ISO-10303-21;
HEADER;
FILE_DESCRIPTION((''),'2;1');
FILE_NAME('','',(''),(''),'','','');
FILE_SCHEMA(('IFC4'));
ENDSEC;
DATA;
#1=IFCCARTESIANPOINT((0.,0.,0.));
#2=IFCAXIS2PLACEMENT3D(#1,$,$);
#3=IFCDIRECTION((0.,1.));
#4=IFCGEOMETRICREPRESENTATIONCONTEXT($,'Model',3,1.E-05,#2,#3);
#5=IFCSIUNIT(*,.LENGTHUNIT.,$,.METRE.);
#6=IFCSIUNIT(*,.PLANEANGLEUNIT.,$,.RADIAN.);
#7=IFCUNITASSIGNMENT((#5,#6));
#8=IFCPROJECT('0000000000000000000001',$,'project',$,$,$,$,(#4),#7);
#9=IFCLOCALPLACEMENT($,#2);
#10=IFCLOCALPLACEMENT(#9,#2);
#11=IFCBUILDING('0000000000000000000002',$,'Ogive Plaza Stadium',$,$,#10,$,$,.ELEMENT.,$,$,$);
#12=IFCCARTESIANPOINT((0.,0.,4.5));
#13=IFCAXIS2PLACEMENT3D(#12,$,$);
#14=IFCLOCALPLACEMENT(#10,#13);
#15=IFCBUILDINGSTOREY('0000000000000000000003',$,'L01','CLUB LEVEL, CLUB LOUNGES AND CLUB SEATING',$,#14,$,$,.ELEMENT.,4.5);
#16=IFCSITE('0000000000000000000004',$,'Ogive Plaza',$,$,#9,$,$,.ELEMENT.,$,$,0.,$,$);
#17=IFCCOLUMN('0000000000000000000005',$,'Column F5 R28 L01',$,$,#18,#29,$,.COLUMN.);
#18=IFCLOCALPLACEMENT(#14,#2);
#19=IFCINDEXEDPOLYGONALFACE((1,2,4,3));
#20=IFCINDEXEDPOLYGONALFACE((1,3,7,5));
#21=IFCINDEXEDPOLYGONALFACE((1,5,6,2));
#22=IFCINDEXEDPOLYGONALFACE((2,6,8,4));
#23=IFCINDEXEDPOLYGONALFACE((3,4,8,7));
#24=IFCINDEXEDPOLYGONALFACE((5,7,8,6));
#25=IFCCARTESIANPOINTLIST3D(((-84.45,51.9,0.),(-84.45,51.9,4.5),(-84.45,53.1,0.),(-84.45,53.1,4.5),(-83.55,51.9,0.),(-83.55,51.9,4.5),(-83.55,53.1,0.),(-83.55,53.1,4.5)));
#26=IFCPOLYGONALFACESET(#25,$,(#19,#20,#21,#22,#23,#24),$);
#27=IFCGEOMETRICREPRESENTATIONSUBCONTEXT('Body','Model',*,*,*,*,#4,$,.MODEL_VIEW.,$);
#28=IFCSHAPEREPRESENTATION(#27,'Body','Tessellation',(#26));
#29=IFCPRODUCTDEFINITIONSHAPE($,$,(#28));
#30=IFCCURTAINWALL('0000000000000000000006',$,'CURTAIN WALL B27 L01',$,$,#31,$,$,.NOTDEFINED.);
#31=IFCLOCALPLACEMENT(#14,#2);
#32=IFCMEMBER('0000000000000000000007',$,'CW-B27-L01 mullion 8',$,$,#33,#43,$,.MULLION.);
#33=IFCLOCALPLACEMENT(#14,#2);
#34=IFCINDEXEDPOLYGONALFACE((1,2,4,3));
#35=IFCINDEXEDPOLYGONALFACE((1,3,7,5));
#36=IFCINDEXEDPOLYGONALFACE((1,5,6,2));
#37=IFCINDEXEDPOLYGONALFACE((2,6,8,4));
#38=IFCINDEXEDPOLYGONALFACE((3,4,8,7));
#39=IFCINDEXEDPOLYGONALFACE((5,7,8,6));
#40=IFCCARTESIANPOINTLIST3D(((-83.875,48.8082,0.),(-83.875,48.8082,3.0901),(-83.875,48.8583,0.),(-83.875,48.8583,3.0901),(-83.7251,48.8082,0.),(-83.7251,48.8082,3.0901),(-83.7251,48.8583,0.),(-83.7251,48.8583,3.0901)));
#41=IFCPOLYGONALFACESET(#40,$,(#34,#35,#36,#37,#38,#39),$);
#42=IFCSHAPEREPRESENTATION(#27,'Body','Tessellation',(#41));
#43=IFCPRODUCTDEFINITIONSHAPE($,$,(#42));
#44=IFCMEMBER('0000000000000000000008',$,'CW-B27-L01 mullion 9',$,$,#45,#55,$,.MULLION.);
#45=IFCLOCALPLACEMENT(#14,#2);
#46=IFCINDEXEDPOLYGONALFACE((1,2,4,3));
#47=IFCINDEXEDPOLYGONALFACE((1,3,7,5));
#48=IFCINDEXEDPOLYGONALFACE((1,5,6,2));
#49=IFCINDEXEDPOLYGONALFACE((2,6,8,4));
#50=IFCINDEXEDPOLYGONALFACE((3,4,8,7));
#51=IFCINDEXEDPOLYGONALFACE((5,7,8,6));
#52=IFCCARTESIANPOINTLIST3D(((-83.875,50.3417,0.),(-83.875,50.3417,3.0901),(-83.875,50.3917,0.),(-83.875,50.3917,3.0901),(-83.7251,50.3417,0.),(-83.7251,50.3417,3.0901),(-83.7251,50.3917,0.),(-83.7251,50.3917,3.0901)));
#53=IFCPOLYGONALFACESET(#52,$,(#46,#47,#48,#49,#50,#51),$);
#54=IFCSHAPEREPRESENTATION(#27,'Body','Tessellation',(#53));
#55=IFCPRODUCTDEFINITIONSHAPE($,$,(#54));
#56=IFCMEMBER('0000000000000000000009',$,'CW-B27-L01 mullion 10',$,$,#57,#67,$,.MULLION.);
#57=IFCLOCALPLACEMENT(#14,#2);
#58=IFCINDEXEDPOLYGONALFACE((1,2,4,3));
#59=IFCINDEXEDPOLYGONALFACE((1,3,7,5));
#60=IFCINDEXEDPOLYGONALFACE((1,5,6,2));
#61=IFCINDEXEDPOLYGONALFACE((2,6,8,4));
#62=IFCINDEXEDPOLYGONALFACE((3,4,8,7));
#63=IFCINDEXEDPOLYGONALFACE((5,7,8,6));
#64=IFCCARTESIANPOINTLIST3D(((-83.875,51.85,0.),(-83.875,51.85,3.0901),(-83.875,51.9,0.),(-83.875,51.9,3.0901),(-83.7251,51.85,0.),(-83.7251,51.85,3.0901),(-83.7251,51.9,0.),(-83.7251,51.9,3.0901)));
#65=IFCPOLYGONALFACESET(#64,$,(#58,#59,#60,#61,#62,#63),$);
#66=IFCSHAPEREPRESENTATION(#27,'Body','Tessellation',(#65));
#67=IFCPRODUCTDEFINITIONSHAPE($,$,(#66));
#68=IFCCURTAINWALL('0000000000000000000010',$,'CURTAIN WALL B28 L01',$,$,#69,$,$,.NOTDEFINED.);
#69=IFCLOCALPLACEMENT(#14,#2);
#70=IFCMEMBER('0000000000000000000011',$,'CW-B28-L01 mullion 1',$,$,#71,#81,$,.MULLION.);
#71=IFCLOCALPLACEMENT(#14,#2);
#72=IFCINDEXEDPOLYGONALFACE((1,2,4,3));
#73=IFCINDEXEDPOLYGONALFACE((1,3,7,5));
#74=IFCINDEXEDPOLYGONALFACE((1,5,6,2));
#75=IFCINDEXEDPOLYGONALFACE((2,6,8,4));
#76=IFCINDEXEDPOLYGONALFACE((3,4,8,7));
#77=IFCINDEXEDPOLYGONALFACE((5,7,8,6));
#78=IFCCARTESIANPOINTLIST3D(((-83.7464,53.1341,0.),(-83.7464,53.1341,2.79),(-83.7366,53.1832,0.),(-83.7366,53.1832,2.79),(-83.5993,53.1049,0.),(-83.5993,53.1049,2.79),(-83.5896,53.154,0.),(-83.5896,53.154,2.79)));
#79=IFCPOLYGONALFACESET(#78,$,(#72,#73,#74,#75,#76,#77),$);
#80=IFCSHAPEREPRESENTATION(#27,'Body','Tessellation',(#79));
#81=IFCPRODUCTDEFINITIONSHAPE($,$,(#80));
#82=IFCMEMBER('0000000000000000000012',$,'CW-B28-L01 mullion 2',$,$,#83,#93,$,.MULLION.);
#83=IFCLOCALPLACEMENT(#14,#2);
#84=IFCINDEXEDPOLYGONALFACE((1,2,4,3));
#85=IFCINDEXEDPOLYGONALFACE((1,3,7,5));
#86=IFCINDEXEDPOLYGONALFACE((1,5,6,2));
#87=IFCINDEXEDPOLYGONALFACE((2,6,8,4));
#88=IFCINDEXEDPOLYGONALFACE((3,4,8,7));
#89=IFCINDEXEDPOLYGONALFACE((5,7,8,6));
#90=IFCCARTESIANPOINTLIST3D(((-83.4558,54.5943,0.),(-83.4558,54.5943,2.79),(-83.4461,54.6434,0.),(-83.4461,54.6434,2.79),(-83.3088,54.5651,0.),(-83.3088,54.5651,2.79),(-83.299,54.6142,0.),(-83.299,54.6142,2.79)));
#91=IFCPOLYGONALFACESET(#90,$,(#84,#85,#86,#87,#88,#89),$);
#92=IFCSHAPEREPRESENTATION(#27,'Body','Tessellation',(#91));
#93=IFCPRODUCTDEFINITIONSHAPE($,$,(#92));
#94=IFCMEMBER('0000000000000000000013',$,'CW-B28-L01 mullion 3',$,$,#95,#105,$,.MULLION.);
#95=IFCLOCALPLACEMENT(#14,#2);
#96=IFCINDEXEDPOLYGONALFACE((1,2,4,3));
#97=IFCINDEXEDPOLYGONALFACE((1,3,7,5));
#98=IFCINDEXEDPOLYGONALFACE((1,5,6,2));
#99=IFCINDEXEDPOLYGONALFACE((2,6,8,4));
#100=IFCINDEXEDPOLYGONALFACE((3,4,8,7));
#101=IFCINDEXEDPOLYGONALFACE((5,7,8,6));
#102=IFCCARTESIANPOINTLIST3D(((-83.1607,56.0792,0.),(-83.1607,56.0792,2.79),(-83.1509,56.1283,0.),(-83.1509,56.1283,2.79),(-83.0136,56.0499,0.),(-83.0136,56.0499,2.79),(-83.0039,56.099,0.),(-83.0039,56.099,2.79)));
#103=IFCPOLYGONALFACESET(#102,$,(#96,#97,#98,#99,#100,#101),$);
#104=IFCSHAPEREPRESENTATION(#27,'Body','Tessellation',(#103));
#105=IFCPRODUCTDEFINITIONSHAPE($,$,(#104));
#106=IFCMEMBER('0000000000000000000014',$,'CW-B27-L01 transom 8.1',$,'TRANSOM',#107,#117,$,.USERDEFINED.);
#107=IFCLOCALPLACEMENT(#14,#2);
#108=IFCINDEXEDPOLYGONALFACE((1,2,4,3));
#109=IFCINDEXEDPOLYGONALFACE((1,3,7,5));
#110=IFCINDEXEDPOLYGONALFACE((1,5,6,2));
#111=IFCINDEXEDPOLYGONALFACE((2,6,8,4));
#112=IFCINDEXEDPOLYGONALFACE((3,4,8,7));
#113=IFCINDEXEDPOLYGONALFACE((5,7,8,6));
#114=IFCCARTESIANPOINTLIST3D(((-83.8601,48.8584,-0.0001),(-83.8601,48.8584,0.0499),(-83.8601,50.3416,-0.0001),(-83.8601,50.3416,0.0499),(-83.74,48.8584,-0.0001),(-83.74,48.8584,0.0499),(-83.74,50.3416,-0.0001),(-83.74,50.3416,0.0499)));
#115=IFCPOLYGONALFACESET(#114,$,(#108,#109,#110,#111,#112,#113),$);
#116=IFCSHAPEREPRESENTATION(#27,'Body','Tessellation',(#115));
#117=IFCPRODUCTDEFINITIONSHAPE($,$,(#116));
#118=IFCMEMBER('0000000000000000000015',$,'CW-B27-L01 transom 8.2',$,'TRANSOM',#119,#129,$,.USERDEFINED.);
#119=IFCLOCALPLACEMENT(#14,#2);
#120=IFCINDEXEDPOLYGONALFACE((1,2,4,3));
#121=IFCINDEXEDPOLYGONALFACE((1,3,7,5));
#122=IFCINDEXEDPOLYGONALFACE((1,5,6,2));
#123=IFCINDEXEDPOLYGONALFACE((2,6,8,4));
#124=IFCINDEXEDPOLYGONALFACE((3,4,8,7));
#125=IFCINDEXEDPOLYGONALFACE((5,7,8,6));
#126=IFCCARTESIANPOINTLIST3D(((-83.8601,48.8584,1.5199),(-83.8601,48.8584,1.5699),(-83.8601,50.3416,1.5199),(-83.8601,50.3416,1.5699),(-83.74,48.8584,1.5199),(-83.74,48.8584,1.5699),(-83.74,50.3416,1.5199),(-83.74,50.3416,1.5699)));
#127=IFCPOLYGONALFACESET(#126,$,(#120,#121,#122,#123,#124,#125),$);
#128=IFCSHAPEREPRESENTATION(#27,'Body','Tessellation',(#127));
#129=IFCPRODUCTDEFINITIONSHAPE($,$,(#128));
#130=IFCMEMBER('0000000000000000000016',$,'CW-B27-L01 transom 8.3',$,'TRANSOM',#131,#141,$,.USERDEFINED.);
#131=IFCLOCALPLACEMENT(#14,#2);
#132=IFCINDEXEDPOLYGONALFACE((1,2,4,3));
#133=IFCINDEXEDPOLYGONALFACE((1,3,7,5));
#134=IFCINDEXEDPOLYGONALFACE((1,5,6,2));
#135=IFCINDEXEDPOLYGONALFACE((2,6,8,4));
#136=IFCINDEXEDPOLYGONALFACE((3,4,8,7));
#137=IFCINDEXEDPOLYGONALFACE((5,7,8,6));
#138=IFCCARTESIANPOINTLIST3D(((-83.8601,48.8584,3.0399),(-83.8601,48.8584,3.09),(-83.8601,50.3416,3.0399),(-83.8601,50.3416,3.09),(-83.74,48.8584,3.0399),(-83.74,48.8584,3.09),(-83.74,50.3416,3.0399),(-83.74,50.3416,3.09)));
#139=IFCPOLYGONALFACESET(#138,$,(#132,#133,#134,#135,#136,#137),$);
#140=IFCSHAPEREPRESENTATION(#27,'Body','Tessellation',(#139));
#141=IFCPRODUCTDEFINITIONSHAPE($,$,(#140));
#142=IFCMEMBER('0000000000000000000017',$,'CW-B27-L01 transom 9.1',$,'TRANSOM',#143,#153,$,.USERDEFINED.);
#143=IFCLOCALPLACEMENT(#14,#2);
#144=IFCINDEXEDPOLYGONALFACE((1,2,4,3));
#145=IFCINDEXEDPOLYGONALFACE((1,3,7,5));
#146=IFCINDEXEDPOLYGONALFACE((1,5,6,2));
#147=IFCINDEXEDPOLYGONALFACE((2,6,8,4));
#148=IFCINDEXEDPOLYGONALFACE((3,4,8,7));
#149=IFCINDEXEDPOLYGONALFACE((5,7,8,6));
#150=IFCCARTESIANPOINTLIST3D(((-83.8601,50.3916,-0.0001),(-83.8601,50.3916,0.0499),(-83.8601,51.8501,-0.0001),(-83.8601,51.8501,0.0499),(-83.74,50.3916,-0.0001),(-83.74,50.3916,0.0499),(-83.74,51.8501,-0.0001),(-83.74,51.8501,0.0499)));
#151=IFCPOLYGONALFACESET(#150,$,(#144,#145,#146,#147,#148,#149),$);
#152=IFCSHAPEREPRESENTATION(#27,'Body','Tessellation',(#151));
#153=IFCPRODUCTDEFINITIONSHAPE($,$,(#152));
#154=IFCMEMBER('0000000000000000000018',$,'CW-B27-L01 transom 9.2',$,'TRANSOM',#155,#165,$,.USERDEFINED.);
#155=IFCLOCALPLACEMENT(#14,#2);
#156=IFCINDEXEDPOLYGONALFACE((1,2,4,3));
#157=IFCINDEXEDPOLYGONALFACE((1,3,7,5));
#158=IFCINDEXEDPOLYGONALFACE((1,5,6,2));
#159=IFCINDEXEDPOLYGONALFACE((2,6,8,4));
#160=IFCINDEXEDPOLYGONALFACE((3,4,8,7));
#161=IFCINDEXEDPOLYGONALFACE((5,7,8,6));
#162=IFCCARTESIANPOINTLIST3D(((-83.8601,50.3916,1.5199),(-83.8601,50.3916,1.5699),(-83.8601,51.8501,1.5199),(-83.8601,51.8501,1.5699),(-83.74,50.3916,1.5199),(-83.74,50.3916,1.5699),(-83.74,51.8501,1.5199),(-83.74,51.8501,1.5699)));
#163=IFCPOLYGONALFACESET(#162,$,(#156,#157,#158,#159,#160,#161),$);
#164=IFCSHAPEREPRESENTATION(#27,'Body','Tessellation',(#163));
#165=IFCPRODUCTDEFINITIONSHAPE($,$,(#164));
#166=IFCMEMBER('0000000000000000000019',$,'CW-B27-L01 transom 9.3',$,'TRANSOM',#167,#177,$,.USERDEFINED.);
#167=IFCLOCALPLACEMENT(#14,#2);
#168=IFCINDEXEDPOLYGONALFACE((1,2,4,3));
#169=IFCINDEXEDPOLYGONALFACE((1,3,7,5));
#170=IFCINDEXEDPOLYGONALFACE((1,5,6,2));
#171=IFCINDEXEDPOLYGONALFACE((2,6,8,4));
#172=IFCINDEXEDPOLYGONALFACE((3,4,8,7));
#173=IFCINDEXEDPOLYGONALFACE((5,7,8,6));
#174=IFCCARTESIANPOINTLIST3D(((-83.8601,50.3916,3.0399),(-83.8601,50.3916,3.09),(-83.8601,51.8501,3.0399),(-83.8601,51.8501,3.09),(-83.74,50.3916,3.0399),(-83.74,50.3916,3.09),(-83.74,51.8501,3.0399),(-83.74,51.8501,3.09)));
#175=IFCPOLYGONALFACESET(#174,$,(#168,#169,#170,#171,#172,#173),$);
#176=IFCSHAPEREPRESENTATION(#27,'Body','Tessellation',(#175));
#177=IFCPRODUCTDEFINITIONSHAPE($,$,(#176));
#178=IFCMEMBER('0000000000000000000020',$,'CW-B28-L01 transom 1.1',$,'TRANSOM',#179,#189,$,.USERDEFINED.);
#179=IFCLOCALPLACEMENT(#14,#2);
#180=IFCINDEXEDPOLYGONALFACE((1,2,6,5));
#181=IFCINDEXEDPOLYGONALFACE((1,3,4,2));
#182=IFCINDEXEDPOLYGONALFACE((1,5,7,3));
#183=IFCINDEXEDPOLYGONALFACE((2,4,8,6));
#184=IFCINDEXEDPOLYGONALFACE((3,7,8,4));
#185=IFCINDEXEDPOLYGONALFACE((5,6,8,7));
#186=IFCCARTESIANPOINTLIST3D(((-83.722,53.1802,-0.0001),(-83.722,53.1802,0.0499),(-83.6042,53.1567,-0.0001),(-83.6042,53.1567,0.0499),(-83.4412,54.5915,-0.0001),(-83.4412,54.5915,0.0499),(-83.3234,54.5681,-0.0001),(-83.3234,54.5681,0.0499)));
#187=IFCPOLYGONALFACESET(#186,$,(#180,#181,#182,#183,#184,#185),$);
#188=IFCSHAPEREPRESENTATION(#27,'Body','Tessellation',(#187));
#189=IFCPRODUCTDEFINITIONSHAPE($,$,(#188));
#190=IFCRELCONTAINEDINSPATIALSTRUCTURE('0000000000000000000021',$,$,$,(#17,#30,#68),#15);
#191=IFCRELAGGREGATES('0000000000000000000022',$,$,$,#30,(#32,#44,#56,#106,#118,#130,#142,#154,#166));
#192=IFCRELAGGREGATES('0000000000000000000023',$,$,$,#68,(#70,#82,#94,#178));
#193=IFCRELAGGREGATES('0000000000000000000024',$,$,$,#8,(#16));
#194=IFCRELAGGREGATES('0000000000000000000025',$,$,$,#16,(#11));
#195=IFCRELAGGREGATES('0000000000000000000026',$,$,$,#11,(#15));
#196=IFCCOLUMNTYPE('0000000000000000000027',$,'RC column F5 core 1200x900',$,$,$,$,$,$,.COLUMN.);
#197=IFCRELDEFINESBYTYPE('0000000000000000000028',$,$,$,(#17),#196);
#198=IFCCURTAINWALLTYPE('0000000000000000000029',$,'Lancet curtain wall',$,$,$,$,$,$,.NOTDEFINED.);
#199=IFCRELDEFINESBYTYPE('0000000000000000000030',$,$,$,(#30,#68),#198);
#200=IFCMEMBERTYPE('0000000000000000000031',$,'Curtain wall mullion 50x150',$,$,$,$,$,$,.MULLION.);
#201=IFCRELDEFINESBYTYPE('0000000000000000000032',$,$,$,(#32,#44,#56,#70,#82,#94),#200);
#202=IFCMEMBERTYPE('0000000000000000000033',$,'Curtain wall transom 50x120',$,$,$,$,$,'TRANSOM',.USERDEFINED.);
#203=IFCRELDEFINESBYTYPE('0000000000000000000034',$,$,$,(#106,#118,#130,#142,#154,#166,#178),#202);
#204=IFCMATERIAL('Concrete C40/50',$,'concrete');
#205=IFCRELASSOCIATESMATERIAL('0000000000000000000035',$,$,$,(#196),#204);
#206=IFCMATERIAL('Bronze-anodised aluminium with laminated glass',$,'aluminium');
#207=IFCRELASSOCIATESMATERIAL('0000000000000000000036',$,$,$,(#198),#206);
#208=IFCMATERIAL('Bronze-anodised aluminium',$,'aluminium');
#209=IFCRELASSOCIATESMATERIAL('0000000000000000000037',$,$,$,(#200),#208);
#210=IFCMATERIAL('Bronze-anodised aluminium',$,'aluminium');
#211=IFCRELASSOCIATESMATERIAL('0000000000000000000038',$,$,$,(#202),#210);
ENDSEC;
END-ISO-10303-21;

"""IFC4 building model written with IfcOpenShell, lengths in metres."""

from ifc_helpers import new_model, si_unit, direction, frame, origin, origin_2d, place, context, subcontext, project, spatial, rectangle, extrude, material, material_profile, profile_set, type_object, element, aggregate, save


model = new_model("IFC4")

# Units and contexts
model_context = context("Model", 3, precision=1e-05, world=origin(), true_north=direction((0.0, 1.0)))
body_context = subcontext(model_context, "Body", "Model", "MODEL_VIEW")
ifc_project = project(units=[si_unit("LENGTHUNIT", "METRE"), si_unit("PLANEANGLEUNIT", "RADIAN")], contexts=[model_context])

# Site, building, storey
site_placement = place(None, origin())
site = spatial("IfcSite", under=ifc_project, at=site_placement, Name="Ogive Plaza", CompositionType="ELEMENT", RefElevation=0.0)
building_placement = place(site_placement, origin())
building = spatial("IfcBuilding", under=site, at=building_placement, Name="Ogive Plaza Stadium", CompositionType="ELEMENT")
storey_placement = place(building_placement, frame((0.0, 0.0, 4.5)))
storey = spatial("IfcBuildingStorey", under=building, at=storey_placement, Name="L01", Description="CLUB LEVEL, CLUB LOUNGES AND CLUB SEATING", CompositionType="ELEMENT", Elevation=4.5)

# Column
ifc_material_1 = material(Name="Concrete C40/50", Category="concrete")
ifc_material_profile_1 = material_profile(ifc_material_1, rectangle(XDim=1.2, YDim=0.8999, at=origin_2d()), Name="RC 1200x900")
ifc_profile_set_1 = profile_set([ifc_material_profile_1], Name="Concrete C40/50")
column_type = type_object("IfcColumnType", Name="RC column F5 core 1200x900", PredefinedType="COLUMN", material=ifc_profile_set_1)
column_placement = place(storey_placement, frame((-84.0, 52.5, 0.0), z_axis=(0.0, 0.0, 1.0), x_axis=(0.0, -1.0, 0.0)))
element("IfcColumn", 1, at=column_placement, inside=storey, type_object=column_type, Name="Column F5 R28 L01", PredefinedType="COLUMN", context=body_context, shape_type="SweptSolid", body=[
    extrude(rectangle(XDim=1.2, YDim=0.8999, at=origin_2d()), origin(), (0.0, 0.0, 1.0), 4.5),
])

# Curtain walls, members
ifc_material_2 = material(Name="Bronze-anodised aluminium with laminated glass", Category="aluminium")
curtain_wall_type = type_object("IfcCurtainWallType", Name="Lancet curtain wall", PredefinedType="NOTDEFINED", material=ifc_material_2)
curtain_wall_1_placement = place(storey_placement, origin())
curtain_wall_1 = element("IfcCurtainWall", 2, at=curtain_wall_1_placement, inside=storey, type_object=curtain_wall_type, Name="CURTAIN WALL B27 L01", PredefinedType="NOTDEFINED")
ifc_material_3 = material(Name="Bronze-anodised aluminium", Category="aluminium")
ifc_material_profile_2 = material_profile(ifc_material_3, rectangle(XDim=0.1499, YDim=0.05, at=origin_2d()), Name="AL 150x50")
ifc_profile_set_2 = profile_set([ifc_material_profile_2], Name="Bronze-anodised aluminium")
member_type_1 = type_object("IfcMemberType", Name="Curtain wall mullion 50x150", PredefinedType="MULLION", material=ifc_profile_set_2)
member_1_placement = place(storey_placement, frame((-83.8, 48.8333, 0.0), z_axis=(0.0, 0.0, 1.0), x_axis=(-1.0, 0.0, 0.0)))
member_1 = element("IfcMember", 3, at=member_1_placement, type_object=member_type_1, Name="CW-B27-L01 mullion 8", PredefinedType="MULLION", context=body_context, shape_type="SweptSolid", body=[
    extrude(rectangle(XDim=0.1499, YDim=0.05, at=origin_2d()), origin(), (0.0, 0.0, 1.0), 3.0901),
])
member_2_placement = place(storey_placement, frame((-83.8, 50.3667, 0.0), z_axis=(0.0, 0.0, 1.0), x_axis=(-1.0, 0.0, 0.0)))
member_2 = element("IfcMember", 4, at=member_2_placement, type_object=member_type_1, Name="CW-B27-L01 mullion 9", PredefinedType="MULLION", context=body_context, shape_type="SweptSolid", body=[
    extrude(rectangle(XDim=0.1499, YDim=0.05, at=origin_2d()), origin(), (0.0, 0.0, 1.0), 3.0901),
])
member_3_placement = place(storey_placement, frame((-83.8, 51.875, 0.0), z_axis=(0.0, 0.0, 1.0), x_axis=(-1.0, 0.0, 0.0)))
member_3 = element("IfcMember", 5, at=member_3_placement, type_object=member_type_1, Name="CW-B27-L01 mullion 10", PredefinedType="MULLION", context=body_context, shape_type="SweptSolid", body=[
    extrude(rectangle(XDim=0.1499, YDim=0.05, at=origin_2d()), origin(), (0.0, 0.0, 1.0), 3.0901),
])
curtain_wall_2_placement = place(storey_placement, origin())
curtain_wall_2 = element("IfcCurtainWall", 6, at=curtain_wall_2_placement, inside=storey, type_object=curtain_wall_type, Name="CURTAIN WALL B28 L01", PredefinedType="NOTDEFINED")
member_4_placement = place(storey_placement, frame((-83.668, 53.144, 0.0), z_axis=(0.0, 0.0, 1.0), x_axis=(-0.980785, 0.19509, 0.0)))
member_4 = element("IfcMember", 7, at=member_4_placement, type_object=member_type_1, Name="CW-B28-L01 mullion 1", PredefinedType="MULLION", context=body_context, shape_type="SweptSolid", body=[
    extrude(rectangle(XDim=0.1499, YDim=0.05, at=origin_2d()), origin(), (0.0, 0.0, 1.0), 2.79),
])
member_5_placement = place(storey_placement, frame((-83.3774, 54.6042, 0.0), z_axis=(0.0, 0.0, 1.0), x_axis=(-0.980785, 0.19509, 0.0)))
member_5 = element("IfcMember", 8, at=member_5_placement, type_object=member_type_1, Name="CW-B28-L01 mullion 2", PredefinedType="MULLION", context=body_context, shape_type="SweptSolid", body=[
    extrude(rectangle(XDim=0.1499, YDim=0.05, at=origin_2d()), origin(), (0.0, 0.0, 1.0), 2.79),
])
member_6_placement = place(storey_placement, frame((-83.0823, 56.0891, 0.0), z_axis=(0.0, 0.0, 1.0), x_axis=(-0.980785, 0.19509, 0.0)))
member_6 = element("IfcMember", 9, at=member_6_placement, type_object=member_type_1, Name="CW-B28-L01 mullion 3", PredefinedType="MULLION", context=body_context, shape_type="SweptSolid", body=[
    extrude(rectangle(XDim=0.1499, YDim=0.05, at=origin_2d()), origin(), (0.0, 0.0, 1.0), 2.79),
])

# Members
ifc_material_4 = material(Name="Bronze-anodised aluminium", Category="aluminium")
ifc_material_profile_3 = material_profile(ifc_material_4, rectangle(XDim=0.1201, YDim=0.05, at=origin_2d()), Name="AL 120x50")
ifc_profile_set_3 = profile_set([ifc_material_profile_3], Name="Bronze-anodised aluminium")
member_type_2 = type_object("IfcMemberType", Name="Curtain wall transom 50x120", ElementType="TRANSOM", PredefinedType="USERDEFINED", material=ifc_profile_set_3)
member_7_placement = place(storey_placement, frame((-83.8, 48.8584, 0.0249), z_axis=(0.0, 1.0, 0.0), x_axis=(-1.0, 0.0, 0.0)))
member_7 = element("IfcMember", 10, at=member_7_placement, type_object=member_type_2, Name="CW-B27-L01 transom 8.1", ObjectType="TRANSOM", PredefinedType="USERDEFINED", context=body_context, shape_type="SweptSolid", body=[
    extrude(rectangle(XDim=0.1201, YDim=0.05, at=origin_2d()), origin(), (0.0, 0.0, 1.0), 1.4832),
])
member_8_placement = place(storey_placement, frame((-83.8, 48.8584, 1.5449), z_axis=(0.0, 1.0, 0.0), x_axis=(-1.0, 0.0, 0.0)))
member_8 = element("IfcMember", 11, at=member_8_placement, type_object=member_type_2, Name="CW-B27-L01 transom 8.2", ObjectType="TRANSOM", PredefinedType="USERDEFINED", context=body_context, shape_type="SweptSolid", body=[
    extrude(rectangle(XDim=0.1201, YDim=0.05, at=origin_2d()), origin(), (0.0, 0.0, 1.0), 1.4832),
])
member_9_placement = place(storey_placement, frame((-83.8, 48.8584, 3.0649), z_axis=(0.0, 1.0, 0.0), x_axis=(-1.0, 0.0, 0.0)))
member_9 = element("IfcMember", 12, at=member_9_placement, type_object=member_type_2, Name="CW-B27-L01 transom 8.3", ObjectType="TRANSOM", PredefinedType="USERDEFINED", context=body_context, shape_type="SweptSolid", body=[
    extrude(rectangle(XDim=0.1201, YDim=0.05, at=origin_2d()), origin(), (0.0, 0.0, 1.0), 1.4832),
])
member_10_placement = place(storey_placement, frame((-83.8, 50.3916, 0.0249), z_axis=(0.0, 1.0, 0.0), x_axis=(-1.0, 0.0, 0.0)))
member_10 = element("IfcMember", 13, at=member_10_placement, type_object=member_type_2, Name="CW-B27-L01 transom 9.1", ObjectType="TRANSOM", PredefinedType="USERDEFINED", context=body_context, shape_type="SweptSolid", body=[
    extrude(rectangle(XDim=0.1201, YDim=0.05, at=origin_2d()), origin(), (0.0, 0.0, 1.0), 1.4585),
])
member_11_placement = place(storey_placement, frame((-83.8, 50.3916, 1.5449), z_axis=(0.0, 1.0, 0.0), x_axis=(-1.0, 0.0, 0.0)))
member_11 = element("IfcMember", 14, at=member_11_placement, type_object=member_type_2, Name="CW-B27-L01 transom 9.2", ObjectType="TRANSOM", PredefinedType="USERDEFINED", context=body_context, shape_type="SweptSolid", body=[
    extrude(rectangle(XDim=0.1201, YDim=0.05, at=origin_2d()), origin(), (0.0, 0.0, 1.0), 1.4585),
])
member_12_placement = place(storey_placement, frame((-83.8, 50.3916, 3.0649), z_axis=(0.0, 1.0, 0.0), x_axis=(-1.0, 0.0, 0.0)))
member_12 = element("IfcMember", 15, at=member_12_placement, type_object=member_type_2, Name="CW-B27-L01 transom 9.3", ObjectType="TRANSOM", PredefinedType="USERDEFINED", context=body_context, shape_type="SweptSolid", body=[
    extrude(rectangle(XDim=0.1201, YDim=0.05, at=origin_2d()), origin(), (0.0, 0.0, 1.0), 1.4585),
])
member_13_placement = place(storey_placement, frame((-83.6631, 53.1685, 0.0249), z_axis=(0.195105, 0.980782, 0.0), x_axis=(-0.980782, 0.195105, 0.0)))
member_13 = element("IfcMember", 16, at=member_13_placement, type_object=member_type_2, Name="CW-B28-L01 transom 1.1", ObjectType="TRANSOM", PredefinedType="USERDEFINED", context=body_context, shape_type="SweptSolid", body=[
    extrude(rectangle(XDim=0.1201, YDim=0.05, at=origin_2d()), origin(), (0.0, 0.0, 1.0), 1.439),
])

aggregate(curtain_wall_1, [member_1, member_2, member_3, member_7, member_8, member_9, member_10, member_11, member_12])
aggregate(curtain_wall_2, [member_4, member_5, member_6, member_13])

save(model, "model.ifc")
